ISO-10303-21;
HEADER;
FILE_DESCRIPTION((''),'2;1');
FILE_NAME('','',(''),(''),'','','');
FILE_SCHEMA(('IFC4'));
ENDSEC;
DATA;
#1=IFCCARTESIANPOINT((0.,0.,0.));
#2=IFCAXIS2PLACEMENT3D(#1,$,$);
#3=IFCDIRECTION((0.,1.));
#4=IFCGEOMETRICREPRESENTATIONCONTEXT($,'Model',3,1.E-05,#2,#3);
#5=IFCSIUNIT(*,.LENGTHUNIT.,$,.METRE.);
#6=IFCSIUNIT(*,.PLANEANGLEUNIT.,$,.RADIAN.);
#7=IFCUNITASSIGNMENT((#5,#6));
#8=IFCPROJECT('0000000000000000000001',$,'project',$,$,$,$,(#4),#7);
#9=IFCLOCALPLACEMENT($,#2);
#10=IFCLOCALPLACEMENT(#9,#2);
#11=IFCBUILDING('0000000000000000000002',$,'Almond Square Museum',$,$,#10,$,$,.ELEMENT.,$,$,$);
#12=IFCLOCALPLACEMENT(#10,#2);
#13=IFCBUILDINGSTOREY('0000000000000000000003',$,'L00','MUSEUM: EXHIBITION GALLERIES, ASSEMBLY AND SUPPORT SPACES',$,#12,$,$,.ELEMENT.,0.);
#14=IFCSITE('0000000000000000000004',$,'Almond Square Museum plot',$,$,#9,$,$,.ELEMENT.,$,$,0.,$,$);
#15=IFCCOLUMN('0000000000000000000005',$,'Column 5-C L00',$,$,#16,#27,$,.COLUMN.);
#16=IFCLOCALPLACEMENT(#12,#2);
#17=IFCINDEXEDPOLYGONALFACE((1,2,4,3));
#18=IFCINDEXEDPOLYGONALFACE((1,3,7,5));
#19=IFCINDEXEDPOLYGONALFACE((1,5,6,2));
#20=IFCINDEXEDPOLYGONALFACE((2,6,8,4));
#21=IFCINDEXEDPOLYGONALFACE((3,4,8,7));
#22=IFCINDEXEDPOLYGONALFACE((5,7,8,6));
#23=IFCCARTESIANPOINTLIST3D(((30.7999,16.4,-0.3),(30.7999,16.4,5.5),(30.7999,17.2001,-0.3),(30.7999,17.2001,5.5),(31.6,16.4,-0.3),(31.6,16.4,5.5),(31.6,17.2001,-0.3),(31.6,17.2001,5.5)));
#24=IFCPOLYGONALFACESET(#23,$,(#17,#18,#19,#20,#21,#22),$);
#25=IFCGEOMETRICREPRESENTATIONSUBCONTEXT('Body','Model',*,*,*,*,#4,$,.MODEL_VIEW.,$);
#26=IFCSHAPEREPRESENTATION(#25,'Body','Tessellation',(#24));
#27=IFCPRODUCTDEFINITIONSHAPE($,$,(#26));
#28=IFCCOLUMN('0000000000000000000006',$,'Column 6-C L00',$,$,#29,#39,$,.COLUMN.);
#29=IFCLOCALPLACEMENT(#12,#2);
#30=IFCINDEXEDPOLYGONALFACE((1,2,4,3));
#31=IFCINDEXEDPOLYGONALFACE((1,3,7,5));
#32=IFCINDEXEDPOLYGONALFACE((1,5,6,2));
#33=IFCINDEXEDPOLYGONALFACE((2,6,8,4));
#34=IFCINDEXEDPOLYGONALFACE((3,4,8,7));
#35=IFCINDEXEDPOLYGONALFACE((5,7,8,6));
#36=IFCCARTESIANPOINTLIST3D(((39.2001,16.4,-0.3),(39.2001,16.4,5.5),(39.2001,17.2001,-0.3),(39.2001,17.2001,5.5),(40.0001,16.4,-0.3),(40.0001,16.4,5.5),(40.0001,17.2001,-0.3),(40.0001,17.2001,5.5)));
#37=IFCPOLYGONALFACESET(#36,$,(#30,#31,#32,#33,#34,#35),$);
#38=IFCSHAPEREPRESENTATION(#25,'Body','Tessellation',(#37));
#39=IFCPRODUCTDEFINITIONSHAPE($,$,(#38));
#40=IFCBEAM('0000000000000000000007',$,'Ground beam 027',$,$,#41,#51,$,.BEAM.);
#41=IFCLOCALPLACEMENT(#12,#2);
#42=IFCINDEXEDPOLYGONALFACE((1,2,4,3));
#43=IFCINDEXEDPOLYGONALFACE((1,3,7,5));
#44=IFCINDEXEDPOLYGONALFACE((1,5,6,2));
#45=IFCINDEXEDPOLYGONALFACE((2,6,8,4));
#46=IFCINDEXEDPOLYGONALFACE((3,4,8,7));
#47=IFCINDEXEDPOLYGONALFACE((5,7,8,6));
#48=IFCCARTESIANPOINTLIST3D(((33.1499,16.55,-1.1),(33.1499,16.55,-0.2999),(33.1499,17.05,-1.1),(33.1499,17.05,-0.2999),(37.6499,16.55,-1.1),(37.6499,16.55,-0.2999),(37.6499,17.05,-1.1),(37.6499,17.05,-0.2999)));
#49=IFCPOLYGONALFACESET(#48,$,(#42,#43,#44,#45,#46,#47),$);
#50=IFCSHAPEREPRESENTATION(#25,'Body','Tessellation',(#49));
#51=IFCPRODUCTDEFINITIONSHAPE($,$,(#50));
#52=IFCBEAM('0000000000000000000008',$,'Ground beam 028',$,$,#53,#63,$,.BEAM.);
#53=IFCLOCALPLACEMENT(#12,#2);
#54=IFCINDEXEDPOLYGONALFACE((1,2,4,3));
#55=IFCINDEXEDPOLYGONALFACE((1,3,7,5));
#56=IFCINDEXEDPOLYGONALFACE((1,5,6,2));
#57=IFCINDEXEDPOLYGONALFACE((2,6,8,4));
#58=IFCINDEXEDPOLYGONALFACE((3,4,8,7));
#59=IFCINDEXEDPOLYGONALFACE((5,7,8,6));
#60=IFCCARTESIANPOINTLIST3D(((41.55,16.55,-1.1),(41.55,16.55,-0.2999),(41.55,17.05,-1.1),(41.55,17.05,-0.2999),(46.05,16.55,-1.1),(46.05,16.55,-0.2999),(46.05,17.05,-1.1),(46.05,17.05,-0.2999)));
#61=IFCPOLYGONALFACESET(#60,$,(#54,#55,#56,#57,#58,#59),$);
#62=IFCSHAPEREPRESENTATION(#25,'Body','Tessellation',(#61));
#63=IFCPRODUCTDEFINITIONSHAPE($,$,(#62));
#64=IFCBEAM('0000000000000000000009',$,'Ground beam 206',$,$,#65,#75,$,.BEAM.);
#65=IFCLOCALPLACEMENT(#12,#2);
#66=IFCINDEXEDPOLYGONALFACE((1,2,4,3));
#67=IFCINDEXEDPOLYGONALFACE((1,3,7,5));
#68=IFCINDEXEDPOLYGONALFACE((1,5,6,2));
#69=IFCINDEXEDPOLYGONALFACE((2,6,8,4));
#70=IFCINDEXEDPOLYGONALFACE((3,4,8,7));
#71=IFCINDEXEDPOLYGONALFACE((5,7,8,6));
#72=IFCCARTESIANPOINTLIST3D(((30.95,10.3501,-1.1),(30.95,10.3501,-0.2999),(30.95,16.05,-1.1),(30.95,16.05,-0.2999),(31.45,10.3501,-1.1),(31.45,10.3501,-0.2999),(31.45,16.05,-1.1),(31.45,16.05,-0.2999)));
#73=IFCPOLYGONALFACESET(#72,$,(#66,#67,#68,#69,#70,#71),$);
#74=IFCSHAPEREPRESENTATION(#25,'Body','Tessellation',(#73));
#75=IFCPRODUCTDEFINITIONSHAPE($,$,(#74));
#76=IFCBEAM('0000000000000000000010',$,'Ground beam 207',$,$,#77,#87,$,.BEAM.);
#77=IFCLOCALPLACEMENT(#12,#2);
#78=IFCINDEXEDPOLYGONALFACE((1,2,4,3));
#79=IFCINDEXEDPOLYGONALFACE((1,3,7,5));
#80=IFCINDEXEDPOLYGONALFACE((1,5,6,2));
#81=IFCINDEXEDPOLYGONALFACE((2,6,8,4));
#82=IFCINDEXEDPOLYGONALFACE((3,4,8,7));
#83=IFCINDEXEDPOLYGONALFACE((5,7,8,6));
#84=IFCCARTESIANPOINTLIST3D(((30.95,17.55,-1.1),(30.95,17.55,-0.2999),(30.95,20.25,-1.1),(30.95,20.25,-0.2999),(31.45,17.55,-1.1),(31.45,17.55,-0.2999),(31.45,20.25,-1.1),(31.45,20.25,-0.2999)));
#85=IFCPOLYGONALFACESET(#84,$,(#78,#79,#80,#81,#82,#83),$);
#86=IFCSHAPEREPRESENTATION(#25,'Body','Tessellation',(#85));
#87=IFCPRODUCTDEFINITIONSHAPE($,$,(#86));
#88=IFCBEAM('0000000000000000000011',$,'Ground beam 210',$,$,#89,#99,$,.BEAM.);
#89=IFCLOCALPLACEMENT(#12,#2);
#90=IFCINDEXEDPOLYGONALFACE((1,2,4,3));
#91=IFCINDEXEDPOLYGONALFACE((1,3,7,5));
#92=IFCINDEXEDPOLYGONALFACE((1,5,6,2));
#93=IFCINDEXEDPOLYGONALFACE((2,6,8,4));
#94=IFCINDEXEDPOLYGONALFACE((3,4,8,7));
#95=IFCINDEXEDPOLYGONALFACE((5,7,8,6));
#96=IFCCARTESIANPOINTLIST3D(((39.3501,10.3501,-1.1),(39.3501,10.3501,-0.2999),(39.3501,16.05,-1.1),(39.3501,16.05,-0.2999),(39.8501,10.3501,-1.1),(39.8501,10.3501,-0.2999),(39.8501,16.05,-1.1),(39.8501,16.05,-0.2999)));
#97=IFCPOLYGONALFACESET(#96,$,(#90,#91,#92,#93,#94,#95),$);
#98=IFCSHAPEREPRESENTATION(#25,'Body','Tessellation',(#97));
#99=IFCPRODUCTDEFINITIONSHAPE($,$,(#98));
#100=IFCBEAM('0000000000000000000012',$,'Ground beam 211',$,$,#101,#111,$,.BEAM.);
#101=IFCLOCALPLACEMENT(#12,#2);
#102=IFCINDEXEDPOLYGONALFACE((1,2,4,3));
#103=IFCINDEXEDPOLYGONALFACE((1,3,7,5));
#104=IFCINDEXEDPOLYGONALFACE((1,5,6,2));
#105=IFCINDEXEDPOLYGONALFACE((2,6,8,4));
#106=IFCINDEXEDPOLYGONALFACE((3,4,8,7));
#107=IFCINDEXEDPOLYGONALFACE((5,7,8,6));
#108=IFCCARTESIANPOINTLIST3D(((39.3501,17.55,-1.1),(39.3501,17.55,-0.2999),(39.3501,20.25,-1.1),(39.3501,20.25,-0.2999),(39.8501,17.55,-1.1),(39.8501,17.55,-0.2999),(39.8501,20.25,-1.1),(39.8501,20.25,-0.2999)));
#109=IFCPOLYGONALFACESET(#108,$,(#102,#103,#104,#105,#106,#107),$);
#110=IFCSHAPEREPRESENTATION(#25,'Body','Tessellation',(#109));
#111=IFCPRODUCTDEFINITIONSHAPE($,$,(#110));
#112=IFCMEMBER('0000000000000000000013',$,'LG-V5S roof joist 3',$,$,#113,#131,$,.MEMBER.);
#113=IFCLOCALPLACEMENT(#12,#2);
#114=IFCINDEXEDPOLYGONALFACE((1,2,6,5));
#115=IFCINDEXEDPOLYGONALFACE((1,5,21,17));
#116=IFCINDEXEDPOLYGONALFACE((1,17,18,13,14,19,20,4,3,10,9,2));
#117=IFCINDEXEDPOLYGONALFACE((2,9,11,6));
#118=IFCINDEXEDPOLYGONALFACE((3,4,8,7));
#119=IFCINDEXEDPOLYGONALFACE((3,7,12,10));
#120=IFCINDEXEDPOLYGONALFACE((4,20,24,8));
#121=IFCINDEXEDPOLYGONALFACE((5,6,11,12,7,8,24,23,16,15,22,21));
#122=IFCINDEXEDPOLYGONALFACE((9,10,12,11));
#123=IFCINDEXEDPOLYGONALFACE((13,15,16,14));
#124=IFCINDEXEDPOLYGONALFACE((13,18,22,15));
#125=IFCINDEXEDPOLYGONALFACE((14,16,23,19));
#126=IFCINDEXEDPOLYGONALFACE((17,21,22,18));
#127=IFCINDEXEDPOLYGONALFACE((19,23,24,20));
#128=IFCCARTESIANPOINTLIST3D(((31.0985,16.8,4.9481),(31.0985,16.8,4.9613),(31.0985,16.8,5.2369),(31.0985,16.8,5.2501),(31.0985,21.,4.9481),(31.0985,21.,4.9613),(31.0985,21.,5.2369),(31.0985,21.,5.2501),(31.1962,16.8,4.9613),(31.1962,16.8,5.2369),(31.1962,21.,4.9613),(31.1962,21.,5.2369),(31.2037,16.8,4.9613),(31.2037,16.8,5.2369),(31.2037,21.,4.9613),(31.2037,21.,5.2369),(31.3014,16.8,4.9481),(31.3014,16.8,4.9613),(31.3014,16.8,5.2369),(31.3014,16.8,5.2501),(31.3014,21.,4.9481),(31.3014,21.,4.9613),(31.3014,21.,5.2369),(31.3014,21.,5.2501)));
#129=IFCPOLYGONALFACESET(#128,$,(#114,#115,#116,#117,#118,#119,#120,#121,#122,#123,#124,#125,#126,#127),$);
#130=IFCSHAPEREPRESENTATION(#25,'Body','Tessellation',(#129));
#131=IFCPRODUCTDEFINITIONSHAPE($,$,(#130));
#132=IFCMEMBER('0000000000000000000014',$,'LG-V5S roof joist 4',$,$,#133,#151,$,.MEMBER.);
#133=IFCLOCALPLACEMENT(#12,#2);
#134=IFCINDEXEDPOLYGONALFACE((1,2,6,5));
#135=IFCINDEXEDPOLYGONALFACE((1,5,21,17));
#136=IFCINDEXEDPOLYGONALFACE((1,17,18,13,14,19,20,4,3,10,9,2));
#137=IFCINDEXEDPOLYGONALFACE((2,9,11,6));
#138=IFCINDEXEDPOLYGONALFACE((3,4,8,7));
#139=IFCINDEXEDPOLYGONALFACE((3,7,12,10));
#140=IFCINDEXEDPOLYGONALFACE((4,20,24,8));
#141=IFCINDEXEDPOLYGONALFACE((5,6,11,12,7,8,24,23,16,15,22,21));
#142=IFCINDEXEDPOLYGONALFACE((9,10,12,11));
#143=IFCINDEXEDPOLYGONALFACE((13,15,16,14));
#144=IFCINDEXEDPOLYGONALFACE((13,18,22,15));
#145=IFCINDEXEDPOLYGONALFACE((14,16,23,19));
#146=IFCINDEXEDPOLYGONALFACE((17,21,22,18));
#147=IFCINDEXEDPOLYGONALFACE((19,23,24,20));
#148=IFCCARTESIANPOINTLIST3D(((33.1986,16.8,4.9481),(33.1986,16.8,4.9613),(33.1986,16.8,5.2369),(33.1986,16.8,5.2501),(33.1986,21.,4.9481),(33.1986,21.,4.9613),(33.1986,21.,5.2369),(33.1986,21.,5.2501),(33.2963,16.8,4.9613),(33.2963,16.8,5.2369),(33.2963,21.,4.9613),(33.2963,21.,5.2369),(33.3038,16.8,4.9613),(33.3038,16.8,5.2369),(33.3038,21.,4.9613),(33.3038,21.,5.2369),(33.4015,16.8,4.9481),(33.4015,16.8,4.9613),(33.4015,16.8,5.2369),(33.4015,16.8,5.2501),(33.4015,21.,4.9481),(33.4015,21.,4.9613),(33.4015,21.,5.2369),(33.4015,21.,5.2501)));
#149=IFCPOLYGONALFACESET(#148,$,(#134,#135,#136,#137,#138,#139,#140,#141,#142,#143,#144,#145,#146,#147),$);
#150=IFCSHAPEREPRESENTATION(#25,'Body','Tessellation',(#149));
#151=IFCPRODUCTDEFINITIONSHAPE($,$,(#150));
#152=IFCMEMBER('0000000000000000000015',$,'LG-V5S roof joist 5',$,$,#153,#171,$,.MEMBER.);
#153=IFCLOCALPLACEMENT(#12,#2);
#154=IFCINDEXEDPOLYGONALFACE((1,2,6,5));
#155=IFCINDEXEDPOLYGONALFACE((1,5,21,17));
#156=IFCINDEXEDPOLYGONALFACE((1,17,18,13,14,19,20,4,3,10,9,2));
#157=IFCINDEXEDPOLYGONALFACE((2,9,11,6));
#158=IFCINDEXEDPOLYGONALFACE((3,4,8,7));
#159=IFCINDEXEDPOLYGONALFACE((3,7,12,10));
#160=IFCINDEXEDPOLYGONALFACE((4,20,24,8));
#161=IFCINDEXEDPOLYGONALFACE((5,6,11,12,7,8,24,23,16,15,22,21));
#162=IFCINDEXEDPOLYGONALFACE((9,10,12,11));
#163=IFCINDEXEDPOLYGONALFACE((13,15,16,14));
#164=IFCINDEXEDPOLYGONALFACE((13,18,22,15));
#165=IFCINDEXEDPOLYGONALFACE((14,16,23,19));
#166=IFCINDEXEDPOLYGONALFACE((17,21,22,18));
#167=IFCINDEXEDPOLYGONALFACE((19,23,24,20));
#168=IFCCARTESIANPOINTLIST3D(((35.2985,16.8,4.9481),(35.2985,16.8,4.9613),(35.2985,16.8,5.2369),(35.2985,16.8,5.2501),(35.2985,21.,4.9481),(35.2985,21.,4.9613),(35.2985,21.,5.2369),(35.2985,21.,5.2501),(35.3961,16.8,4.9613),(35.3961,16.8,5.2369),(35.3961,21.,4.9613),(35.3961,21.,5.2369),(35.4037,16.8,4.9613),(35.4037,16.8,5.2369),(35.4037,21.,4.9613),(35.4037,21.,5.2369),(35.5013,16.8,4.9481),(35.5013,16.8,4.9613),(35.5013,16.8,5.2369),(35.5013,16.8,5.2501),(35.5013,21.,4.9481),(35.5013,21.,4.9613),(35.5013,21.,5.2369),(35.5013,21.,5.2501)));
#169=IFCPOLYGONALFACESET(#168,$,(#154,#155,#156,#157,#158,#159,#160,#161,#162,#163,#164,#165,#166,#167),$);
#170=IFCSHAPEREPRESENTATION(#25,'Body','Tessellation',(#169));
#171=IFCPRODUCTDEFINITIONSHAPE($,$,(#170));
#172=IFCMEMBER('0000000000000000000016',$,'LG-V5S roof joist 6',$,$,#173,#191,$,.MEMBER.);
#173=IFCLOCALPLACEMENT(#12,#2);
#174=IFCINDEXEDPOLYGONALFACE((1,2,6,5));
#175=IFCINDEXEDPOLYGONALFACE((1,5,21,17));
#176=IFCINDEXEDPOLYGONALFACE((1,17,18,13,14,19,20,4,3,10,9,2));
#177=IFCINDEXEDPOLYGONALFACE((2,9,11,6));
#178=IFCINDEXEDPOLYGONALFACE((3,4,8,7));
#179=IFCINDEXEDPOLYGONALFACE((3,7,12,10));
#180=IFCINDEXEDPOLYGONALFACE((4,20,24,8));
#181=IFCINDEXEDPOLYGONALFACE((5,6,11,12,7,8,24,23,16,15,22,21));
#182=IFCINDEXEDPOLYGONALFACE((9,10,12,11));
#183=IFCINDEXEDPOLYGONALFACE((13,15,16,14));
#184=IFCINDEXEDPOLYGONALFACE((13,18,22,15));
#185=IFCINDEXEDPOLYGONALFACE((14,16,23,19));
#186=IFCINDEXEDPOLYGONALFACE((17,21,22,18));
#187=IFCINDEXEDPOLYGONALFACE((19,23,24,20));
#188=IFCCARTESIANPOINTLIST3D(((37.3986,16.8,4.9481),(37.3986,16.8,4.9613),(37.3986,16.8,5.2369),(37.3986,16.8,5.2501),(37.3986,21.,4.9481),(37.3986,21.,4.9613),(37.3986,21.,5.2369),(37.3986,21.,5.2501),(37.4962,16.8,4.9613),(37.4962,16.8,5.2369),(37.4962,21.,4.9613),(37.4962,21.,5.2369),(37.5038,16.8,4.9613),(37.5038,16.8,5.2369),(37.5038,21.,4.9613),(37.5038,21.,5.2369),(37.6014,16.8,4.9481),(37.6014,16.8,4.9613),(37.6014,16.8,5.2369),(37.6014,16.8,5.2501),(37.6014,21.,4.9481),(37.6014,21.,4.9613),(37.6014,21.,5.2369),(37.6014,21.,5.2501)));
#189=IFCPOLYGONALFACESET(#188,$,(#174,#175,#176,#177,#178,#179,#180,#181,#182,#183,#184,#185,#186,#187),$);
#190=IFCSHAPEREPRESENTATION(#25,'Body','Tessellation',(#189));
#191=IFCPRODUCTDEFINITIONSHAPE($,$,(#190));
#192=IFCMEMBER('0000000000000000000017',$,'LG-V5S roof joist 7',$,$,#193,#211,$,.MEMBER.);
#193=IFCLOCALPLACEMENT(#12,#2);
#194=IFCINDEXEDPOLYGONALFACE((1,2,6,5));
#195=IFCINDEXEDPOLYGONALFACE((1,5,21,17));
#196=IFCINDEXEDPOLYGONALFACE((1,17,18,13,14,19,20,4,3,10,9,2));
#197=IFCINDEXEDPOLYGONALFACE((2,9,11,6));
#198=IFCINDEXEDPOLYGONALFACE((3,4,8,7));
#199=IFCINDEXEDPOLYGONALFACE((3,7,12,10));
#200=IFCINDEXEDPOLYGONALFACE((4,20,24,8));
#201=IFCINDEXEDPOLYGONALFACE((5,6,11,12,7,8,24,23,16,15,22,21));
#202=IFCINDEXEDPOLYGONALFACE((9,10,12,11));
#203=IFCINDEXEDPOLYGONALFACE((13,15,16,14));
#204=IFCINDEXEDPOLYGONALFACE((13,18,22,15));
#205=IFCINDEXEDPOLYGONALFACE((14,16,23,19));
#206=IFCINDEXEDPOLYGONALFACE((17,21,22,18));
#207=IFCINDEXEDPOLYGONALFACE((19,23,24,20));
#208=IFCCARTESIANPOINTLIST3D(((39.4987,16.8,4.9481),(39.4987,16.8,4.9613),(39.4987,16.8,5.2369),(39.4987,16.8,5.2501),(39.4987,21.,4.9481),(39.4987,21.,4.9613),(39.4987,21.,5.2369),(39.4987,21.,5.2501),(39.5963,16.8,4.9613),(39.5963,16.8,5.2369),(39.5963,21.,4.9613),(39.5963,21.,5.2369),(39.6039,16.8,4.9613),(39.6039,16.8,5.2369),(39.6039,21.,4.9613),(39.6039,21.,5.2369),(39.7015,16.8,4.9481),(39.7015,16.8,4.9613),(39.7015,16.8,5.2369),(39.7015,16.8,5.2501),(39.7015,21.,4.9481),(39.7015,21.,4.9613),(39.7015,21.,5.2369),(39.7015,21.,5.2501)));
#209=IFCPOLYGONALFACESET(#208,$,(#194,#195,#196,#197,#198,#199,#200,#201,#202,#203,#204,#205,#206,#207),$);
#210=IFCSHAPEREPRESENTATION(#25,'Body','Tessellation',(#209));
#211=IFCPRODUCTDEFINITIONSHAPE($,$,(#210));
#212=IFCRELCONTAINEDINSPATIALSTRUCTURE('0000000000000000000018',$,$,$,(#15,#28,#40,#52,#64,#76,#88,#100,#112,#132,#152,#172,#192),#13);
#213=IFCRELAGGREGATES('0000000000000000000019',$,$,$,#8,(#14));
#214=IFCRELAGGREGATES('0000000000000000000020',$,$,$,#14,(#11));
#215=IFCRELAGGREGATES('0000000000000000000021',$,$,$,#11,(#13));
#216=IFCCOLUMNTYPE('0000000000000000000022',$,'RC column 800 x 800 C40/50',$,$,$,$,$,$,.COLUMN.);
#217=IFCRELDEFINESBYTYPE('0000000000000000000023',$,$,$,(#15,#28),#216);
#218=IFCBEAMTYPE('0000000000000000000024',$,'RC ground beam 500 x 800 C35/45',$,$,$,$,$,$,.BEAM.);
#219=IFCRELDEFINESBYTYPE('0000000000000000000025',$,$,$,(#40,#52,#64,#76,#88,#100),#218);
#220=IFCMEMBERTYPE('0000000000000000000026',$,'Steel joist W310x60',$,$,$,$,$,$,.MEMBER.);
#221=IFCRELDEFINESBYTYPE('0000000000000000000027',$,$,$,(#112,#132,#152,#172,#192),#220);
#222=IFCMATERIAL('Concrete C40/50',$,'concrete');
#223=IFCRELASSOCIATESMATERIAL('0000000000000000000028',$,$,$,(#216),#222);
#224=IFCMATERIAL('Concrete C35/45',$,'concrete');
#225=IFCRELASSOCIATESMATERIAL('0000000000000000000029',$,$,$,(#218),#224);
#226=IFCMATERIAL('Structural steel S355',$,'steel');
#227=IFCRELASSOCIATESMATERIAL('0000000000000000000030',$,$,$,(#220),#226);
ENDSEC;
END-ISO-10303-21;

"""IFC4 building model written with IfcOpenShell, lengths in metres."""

from ifc_helpers import new_model, si_unit, direction, frame, origin, origin_2d, place, context, subcontext, project, spatial, rectangle, i_section, extrude, material, material_profile, profile_set, type_object, element, save


model = new_model("IFC4")

# Units and contexts
model_context = context("Model", 3, precision=1e-05, world=origin(), true_north=direction((0.0, 1.0)))
body_context = subcontext(model_context, "Body", "Model", "MODEL_VIEW")
ifc_project = project(units=[si_unit("LENGTHUNIT", "METRE"), si_unit("PLANEANGLEUNIT", "RADIAN")], contexts=[model_context])

# Site, building, storey
site_placement = place(None, origin())
site = spatial("IfcSite", under=ifc_project, at=site_placement, Name="Almond Square Museum plot", CompositionType="ELEMENT", RefElevation=0.0)
building_placement = place(site_placement, origin())
building = spatial("IfcBuilding", under=site, at=building_placement, Name="Almond Square Museum", CompositionType="ELEMENT")
storey_placement = place(building_placement, origin())
storey = spatial("IfcBuildingStorey", under=building, at=storey_placement, Name="L00", Description="MUSEUM: EXHIBITION GALLERIES, ASSEMBLY AND SUPPORT SPACES", CompositionType="ELEMENT", Elevation=0.0)

# Columns
ifc_material_1 = material(Name="Concrete C40/50", Category="concrete")
ifc_material_profile_1 = material_profile(ifc_material_1, rectangle(XDim=0.8, YDim=0.8, at=origin_2d()))
ifc_profile_set_1 = profile_set([ifc_material_profile_1], Name="Concrete C40/50")
column_type = type_object("IfcColumnType", Name="RC column 800 x 800 C40/50", PredefinedType="COLUMN", material=ifc_profile_set_1)
for number, where, z_axis, x_axis, name in (
    (1, (31.2, 16.8, -0.3), (0.0, 0.0, 1.0), (1.0, 0.0, 0.0), "Column 5-C L00"),
    (2, (39.6001, 16.8, -0.3), (0.0, 0.0, 1.0), (1.0, 0.0, 0.0), "Column 6-C L00"),
):
    element("IfcColumn", number, at=place(storey_placement, frame(where, z_axis=z_axis, x_axis=x_axis)), inside=storey, type_object=column_type, Name=name, PredefinedType="COLUMN", context=body_context, shape_type="SweptSolid", body=[
        extrude(rectangle(XDim=0.8, YDim=0.8, at=origin_2d()), origin(), (0.0, 0.0, 1.0), 5.8),
    ])

# Beams
ifc_material_2 = material(Name="Concrete C35/45", Category="concrete")
ifc_material_profile_2 = material_profile(ifc_material_2, rectangle(XDim=0.5, YDim=0.8, at=origin_2d()))
ifc_profile_set_2 = profile_set([ifc_material_profile_2], Name="Concrete C35/45")
beam_type = type_object("IfcBeamType", Name="RC ground beam 500 x 800 C35/45", PredefinedType="BEAM", material=ifc_profile_set_2)
for number, where, z_axis, x_axis, name in (
    (3, (33.1499, 16.8, -0.7), (1.0, 0.0, 0.0), (0.0, 1.0, 0.0), "Ground beam 027"),
    (4, (41.55, 16.8, -0.7), (1.0, 0.0, 0.0), (0.0, 1.0, 0.0), "Ground beam 028"),
):
    element("IfcBeam", number, at=place(storey_placement, frame(where, z_axis=z_axis, x_axis=x_axis)), inside=storey, type_object=beam_type, Name=name, PredefinedType="BEAM", context=body_context, shape_type="SweptSolid", body=[
        extrude(rectangle(XDim=0.5, YDim=0.8, at=origin_2d()), origin(), (0.0, 0.0, 1.0), 4.5),
    ])
beam_1_placement = place(storey_placement, frame((31.2, 10.3501, -0.7), z_axis=(0.0, 1.0, 0.0), x_axis=(-1.0, 0.0, 0.0)))
element("IfcBeam", 5, at=beam_1_placement, inside=storey, type_object=beam_type, Name="Ground beam 206", PredefinedType="BEAM", context=body_context, shape_type="SweptSolid", body=[
    extrude(rectangle(XDim=0.5, YDim=0.8, at=origin_2d()), origin(), (0.0, 0.0, 1.0), 5.7),
])
beam_2_placement = place(storey_placement, frame((31.2, 17.55, -0.7), z_axis=(0.0, 1.0, 0.0), x_axis=(-1.0, 0.0, 0.0)))
element("IfcBeam", 6, at=beam_2_placement, inside=storey, type_object=beam_type, Name="Ground beam 207", PredefinedType="BEAM", context=body_context, shape_type="SweptSolid", body=[
    extrude(rectangle(XDim=0.5, YDim=0.8, at=origin_2d()), origin(), (0.0, 0.0, 1.0), 2.7),
])
beam_3_placement = place(storey_placement, frame((39.6001, 10.3501, -0.7), z_axis=(0.0, 1.0, 0.0), x_axis=(-1.0, 0.0, 0.0)))
element("IfcBeam", 7, at=beam_3_placement, inside=storey, type_object=beam_type, Name="Ground beam 210", PredefinedType="BEAM", context=body_context, shape_type="SweptSolid", body=[
    extrude(rectangle(XDim=0.5, YDim=0.8, at=origin_2d()), origin(), (0.0, 0.0, 1.0), 5.7),
])
beam_4_placement = place(storey_placement, frame((39.6001, 17.55, -0.7), z_axis=(0.0, 1.0, 0.0), x_axis=(-1.0, 0.0, 0.0)))
element("IfcBeam", 8, at=beam_4_placement, inside=storey, type_object=beam_type, Name="Ground beam 211", PredefinedType="BEAM", context=body_context, shape_type="SweptSolid", body=[
    extrude(rectangle(XDim=0.5, YDim=0.8, at=origin_2d()), origin(), (0.0, 0.0, 1.0), 2.7),
])

# Members
ifc_material_3 = material(Name="Structural steel S355", Category="steel")
ifc_material_profile_3 = material_profile(ifc_material_3, i_section(OverallWidth=0.2029, OverallDepth=0.302, WebThickness=0.0076, FlangeThickness=0.0132, at=origin_2d()))
ifc_profile_set_3 = profile_set([ifc_material_profile_3], Name="Structural steel S355")
member_type = type_object("IfcMemberType", Name="Steel joist W310x60", PredefinedType="MEMBER", material=ifc_profile_set_3)
for number, where, z_axis, x_axis, name in (
    (9, (31.2, 16.8, 5.0991), (0.0, 1.0, 0.0), (-1.0, 0.0, 0.0), "LG-V5S roof joist 3"),
    (10, (33.3, 16.8, 5.0991), (0.0, 1.0, 0.0), (-1.0, 0.0, 0.0), "LG-V5S roof joist 4"),
    (11, (35.3999, 16.8, 5.0991), (0.0, 1.0, 0.0), (-1.0, 0.0, 0.0), "LG-V5S roof joist 5"),
    (12, (37.5, 16.8, 5.0991), (0.0, 1.0, 0.0), (-1.0, 0.0, 0.0), "LG-V5S roof joist 6"),
    (13, (39.6001, 16.8, 5.0991), (0.0, 1.0, 0.0), (-1.0, 0.0, 0.0), "LG-V5S roof joist 7"),
):
    element("IfcMember", number, at=place(storey_placement, frame(where, z_axis=z_axis, x_axis=x_axis)), inside=storey, type_object=member_type, Name=name, PredefinedType="MEMBER", context=body_context, shape_type="SweptSolid", body=[
        extrude(i_section(OverallWidth=0.2029, OverallDepth=0.302, WebThickness=0.0076, FlangeThickness=0.0132, at=origin_2d()), origin(), (0.0, 0.0, 1.0), 4.2),
    ])

save(model, "model.ifc")
